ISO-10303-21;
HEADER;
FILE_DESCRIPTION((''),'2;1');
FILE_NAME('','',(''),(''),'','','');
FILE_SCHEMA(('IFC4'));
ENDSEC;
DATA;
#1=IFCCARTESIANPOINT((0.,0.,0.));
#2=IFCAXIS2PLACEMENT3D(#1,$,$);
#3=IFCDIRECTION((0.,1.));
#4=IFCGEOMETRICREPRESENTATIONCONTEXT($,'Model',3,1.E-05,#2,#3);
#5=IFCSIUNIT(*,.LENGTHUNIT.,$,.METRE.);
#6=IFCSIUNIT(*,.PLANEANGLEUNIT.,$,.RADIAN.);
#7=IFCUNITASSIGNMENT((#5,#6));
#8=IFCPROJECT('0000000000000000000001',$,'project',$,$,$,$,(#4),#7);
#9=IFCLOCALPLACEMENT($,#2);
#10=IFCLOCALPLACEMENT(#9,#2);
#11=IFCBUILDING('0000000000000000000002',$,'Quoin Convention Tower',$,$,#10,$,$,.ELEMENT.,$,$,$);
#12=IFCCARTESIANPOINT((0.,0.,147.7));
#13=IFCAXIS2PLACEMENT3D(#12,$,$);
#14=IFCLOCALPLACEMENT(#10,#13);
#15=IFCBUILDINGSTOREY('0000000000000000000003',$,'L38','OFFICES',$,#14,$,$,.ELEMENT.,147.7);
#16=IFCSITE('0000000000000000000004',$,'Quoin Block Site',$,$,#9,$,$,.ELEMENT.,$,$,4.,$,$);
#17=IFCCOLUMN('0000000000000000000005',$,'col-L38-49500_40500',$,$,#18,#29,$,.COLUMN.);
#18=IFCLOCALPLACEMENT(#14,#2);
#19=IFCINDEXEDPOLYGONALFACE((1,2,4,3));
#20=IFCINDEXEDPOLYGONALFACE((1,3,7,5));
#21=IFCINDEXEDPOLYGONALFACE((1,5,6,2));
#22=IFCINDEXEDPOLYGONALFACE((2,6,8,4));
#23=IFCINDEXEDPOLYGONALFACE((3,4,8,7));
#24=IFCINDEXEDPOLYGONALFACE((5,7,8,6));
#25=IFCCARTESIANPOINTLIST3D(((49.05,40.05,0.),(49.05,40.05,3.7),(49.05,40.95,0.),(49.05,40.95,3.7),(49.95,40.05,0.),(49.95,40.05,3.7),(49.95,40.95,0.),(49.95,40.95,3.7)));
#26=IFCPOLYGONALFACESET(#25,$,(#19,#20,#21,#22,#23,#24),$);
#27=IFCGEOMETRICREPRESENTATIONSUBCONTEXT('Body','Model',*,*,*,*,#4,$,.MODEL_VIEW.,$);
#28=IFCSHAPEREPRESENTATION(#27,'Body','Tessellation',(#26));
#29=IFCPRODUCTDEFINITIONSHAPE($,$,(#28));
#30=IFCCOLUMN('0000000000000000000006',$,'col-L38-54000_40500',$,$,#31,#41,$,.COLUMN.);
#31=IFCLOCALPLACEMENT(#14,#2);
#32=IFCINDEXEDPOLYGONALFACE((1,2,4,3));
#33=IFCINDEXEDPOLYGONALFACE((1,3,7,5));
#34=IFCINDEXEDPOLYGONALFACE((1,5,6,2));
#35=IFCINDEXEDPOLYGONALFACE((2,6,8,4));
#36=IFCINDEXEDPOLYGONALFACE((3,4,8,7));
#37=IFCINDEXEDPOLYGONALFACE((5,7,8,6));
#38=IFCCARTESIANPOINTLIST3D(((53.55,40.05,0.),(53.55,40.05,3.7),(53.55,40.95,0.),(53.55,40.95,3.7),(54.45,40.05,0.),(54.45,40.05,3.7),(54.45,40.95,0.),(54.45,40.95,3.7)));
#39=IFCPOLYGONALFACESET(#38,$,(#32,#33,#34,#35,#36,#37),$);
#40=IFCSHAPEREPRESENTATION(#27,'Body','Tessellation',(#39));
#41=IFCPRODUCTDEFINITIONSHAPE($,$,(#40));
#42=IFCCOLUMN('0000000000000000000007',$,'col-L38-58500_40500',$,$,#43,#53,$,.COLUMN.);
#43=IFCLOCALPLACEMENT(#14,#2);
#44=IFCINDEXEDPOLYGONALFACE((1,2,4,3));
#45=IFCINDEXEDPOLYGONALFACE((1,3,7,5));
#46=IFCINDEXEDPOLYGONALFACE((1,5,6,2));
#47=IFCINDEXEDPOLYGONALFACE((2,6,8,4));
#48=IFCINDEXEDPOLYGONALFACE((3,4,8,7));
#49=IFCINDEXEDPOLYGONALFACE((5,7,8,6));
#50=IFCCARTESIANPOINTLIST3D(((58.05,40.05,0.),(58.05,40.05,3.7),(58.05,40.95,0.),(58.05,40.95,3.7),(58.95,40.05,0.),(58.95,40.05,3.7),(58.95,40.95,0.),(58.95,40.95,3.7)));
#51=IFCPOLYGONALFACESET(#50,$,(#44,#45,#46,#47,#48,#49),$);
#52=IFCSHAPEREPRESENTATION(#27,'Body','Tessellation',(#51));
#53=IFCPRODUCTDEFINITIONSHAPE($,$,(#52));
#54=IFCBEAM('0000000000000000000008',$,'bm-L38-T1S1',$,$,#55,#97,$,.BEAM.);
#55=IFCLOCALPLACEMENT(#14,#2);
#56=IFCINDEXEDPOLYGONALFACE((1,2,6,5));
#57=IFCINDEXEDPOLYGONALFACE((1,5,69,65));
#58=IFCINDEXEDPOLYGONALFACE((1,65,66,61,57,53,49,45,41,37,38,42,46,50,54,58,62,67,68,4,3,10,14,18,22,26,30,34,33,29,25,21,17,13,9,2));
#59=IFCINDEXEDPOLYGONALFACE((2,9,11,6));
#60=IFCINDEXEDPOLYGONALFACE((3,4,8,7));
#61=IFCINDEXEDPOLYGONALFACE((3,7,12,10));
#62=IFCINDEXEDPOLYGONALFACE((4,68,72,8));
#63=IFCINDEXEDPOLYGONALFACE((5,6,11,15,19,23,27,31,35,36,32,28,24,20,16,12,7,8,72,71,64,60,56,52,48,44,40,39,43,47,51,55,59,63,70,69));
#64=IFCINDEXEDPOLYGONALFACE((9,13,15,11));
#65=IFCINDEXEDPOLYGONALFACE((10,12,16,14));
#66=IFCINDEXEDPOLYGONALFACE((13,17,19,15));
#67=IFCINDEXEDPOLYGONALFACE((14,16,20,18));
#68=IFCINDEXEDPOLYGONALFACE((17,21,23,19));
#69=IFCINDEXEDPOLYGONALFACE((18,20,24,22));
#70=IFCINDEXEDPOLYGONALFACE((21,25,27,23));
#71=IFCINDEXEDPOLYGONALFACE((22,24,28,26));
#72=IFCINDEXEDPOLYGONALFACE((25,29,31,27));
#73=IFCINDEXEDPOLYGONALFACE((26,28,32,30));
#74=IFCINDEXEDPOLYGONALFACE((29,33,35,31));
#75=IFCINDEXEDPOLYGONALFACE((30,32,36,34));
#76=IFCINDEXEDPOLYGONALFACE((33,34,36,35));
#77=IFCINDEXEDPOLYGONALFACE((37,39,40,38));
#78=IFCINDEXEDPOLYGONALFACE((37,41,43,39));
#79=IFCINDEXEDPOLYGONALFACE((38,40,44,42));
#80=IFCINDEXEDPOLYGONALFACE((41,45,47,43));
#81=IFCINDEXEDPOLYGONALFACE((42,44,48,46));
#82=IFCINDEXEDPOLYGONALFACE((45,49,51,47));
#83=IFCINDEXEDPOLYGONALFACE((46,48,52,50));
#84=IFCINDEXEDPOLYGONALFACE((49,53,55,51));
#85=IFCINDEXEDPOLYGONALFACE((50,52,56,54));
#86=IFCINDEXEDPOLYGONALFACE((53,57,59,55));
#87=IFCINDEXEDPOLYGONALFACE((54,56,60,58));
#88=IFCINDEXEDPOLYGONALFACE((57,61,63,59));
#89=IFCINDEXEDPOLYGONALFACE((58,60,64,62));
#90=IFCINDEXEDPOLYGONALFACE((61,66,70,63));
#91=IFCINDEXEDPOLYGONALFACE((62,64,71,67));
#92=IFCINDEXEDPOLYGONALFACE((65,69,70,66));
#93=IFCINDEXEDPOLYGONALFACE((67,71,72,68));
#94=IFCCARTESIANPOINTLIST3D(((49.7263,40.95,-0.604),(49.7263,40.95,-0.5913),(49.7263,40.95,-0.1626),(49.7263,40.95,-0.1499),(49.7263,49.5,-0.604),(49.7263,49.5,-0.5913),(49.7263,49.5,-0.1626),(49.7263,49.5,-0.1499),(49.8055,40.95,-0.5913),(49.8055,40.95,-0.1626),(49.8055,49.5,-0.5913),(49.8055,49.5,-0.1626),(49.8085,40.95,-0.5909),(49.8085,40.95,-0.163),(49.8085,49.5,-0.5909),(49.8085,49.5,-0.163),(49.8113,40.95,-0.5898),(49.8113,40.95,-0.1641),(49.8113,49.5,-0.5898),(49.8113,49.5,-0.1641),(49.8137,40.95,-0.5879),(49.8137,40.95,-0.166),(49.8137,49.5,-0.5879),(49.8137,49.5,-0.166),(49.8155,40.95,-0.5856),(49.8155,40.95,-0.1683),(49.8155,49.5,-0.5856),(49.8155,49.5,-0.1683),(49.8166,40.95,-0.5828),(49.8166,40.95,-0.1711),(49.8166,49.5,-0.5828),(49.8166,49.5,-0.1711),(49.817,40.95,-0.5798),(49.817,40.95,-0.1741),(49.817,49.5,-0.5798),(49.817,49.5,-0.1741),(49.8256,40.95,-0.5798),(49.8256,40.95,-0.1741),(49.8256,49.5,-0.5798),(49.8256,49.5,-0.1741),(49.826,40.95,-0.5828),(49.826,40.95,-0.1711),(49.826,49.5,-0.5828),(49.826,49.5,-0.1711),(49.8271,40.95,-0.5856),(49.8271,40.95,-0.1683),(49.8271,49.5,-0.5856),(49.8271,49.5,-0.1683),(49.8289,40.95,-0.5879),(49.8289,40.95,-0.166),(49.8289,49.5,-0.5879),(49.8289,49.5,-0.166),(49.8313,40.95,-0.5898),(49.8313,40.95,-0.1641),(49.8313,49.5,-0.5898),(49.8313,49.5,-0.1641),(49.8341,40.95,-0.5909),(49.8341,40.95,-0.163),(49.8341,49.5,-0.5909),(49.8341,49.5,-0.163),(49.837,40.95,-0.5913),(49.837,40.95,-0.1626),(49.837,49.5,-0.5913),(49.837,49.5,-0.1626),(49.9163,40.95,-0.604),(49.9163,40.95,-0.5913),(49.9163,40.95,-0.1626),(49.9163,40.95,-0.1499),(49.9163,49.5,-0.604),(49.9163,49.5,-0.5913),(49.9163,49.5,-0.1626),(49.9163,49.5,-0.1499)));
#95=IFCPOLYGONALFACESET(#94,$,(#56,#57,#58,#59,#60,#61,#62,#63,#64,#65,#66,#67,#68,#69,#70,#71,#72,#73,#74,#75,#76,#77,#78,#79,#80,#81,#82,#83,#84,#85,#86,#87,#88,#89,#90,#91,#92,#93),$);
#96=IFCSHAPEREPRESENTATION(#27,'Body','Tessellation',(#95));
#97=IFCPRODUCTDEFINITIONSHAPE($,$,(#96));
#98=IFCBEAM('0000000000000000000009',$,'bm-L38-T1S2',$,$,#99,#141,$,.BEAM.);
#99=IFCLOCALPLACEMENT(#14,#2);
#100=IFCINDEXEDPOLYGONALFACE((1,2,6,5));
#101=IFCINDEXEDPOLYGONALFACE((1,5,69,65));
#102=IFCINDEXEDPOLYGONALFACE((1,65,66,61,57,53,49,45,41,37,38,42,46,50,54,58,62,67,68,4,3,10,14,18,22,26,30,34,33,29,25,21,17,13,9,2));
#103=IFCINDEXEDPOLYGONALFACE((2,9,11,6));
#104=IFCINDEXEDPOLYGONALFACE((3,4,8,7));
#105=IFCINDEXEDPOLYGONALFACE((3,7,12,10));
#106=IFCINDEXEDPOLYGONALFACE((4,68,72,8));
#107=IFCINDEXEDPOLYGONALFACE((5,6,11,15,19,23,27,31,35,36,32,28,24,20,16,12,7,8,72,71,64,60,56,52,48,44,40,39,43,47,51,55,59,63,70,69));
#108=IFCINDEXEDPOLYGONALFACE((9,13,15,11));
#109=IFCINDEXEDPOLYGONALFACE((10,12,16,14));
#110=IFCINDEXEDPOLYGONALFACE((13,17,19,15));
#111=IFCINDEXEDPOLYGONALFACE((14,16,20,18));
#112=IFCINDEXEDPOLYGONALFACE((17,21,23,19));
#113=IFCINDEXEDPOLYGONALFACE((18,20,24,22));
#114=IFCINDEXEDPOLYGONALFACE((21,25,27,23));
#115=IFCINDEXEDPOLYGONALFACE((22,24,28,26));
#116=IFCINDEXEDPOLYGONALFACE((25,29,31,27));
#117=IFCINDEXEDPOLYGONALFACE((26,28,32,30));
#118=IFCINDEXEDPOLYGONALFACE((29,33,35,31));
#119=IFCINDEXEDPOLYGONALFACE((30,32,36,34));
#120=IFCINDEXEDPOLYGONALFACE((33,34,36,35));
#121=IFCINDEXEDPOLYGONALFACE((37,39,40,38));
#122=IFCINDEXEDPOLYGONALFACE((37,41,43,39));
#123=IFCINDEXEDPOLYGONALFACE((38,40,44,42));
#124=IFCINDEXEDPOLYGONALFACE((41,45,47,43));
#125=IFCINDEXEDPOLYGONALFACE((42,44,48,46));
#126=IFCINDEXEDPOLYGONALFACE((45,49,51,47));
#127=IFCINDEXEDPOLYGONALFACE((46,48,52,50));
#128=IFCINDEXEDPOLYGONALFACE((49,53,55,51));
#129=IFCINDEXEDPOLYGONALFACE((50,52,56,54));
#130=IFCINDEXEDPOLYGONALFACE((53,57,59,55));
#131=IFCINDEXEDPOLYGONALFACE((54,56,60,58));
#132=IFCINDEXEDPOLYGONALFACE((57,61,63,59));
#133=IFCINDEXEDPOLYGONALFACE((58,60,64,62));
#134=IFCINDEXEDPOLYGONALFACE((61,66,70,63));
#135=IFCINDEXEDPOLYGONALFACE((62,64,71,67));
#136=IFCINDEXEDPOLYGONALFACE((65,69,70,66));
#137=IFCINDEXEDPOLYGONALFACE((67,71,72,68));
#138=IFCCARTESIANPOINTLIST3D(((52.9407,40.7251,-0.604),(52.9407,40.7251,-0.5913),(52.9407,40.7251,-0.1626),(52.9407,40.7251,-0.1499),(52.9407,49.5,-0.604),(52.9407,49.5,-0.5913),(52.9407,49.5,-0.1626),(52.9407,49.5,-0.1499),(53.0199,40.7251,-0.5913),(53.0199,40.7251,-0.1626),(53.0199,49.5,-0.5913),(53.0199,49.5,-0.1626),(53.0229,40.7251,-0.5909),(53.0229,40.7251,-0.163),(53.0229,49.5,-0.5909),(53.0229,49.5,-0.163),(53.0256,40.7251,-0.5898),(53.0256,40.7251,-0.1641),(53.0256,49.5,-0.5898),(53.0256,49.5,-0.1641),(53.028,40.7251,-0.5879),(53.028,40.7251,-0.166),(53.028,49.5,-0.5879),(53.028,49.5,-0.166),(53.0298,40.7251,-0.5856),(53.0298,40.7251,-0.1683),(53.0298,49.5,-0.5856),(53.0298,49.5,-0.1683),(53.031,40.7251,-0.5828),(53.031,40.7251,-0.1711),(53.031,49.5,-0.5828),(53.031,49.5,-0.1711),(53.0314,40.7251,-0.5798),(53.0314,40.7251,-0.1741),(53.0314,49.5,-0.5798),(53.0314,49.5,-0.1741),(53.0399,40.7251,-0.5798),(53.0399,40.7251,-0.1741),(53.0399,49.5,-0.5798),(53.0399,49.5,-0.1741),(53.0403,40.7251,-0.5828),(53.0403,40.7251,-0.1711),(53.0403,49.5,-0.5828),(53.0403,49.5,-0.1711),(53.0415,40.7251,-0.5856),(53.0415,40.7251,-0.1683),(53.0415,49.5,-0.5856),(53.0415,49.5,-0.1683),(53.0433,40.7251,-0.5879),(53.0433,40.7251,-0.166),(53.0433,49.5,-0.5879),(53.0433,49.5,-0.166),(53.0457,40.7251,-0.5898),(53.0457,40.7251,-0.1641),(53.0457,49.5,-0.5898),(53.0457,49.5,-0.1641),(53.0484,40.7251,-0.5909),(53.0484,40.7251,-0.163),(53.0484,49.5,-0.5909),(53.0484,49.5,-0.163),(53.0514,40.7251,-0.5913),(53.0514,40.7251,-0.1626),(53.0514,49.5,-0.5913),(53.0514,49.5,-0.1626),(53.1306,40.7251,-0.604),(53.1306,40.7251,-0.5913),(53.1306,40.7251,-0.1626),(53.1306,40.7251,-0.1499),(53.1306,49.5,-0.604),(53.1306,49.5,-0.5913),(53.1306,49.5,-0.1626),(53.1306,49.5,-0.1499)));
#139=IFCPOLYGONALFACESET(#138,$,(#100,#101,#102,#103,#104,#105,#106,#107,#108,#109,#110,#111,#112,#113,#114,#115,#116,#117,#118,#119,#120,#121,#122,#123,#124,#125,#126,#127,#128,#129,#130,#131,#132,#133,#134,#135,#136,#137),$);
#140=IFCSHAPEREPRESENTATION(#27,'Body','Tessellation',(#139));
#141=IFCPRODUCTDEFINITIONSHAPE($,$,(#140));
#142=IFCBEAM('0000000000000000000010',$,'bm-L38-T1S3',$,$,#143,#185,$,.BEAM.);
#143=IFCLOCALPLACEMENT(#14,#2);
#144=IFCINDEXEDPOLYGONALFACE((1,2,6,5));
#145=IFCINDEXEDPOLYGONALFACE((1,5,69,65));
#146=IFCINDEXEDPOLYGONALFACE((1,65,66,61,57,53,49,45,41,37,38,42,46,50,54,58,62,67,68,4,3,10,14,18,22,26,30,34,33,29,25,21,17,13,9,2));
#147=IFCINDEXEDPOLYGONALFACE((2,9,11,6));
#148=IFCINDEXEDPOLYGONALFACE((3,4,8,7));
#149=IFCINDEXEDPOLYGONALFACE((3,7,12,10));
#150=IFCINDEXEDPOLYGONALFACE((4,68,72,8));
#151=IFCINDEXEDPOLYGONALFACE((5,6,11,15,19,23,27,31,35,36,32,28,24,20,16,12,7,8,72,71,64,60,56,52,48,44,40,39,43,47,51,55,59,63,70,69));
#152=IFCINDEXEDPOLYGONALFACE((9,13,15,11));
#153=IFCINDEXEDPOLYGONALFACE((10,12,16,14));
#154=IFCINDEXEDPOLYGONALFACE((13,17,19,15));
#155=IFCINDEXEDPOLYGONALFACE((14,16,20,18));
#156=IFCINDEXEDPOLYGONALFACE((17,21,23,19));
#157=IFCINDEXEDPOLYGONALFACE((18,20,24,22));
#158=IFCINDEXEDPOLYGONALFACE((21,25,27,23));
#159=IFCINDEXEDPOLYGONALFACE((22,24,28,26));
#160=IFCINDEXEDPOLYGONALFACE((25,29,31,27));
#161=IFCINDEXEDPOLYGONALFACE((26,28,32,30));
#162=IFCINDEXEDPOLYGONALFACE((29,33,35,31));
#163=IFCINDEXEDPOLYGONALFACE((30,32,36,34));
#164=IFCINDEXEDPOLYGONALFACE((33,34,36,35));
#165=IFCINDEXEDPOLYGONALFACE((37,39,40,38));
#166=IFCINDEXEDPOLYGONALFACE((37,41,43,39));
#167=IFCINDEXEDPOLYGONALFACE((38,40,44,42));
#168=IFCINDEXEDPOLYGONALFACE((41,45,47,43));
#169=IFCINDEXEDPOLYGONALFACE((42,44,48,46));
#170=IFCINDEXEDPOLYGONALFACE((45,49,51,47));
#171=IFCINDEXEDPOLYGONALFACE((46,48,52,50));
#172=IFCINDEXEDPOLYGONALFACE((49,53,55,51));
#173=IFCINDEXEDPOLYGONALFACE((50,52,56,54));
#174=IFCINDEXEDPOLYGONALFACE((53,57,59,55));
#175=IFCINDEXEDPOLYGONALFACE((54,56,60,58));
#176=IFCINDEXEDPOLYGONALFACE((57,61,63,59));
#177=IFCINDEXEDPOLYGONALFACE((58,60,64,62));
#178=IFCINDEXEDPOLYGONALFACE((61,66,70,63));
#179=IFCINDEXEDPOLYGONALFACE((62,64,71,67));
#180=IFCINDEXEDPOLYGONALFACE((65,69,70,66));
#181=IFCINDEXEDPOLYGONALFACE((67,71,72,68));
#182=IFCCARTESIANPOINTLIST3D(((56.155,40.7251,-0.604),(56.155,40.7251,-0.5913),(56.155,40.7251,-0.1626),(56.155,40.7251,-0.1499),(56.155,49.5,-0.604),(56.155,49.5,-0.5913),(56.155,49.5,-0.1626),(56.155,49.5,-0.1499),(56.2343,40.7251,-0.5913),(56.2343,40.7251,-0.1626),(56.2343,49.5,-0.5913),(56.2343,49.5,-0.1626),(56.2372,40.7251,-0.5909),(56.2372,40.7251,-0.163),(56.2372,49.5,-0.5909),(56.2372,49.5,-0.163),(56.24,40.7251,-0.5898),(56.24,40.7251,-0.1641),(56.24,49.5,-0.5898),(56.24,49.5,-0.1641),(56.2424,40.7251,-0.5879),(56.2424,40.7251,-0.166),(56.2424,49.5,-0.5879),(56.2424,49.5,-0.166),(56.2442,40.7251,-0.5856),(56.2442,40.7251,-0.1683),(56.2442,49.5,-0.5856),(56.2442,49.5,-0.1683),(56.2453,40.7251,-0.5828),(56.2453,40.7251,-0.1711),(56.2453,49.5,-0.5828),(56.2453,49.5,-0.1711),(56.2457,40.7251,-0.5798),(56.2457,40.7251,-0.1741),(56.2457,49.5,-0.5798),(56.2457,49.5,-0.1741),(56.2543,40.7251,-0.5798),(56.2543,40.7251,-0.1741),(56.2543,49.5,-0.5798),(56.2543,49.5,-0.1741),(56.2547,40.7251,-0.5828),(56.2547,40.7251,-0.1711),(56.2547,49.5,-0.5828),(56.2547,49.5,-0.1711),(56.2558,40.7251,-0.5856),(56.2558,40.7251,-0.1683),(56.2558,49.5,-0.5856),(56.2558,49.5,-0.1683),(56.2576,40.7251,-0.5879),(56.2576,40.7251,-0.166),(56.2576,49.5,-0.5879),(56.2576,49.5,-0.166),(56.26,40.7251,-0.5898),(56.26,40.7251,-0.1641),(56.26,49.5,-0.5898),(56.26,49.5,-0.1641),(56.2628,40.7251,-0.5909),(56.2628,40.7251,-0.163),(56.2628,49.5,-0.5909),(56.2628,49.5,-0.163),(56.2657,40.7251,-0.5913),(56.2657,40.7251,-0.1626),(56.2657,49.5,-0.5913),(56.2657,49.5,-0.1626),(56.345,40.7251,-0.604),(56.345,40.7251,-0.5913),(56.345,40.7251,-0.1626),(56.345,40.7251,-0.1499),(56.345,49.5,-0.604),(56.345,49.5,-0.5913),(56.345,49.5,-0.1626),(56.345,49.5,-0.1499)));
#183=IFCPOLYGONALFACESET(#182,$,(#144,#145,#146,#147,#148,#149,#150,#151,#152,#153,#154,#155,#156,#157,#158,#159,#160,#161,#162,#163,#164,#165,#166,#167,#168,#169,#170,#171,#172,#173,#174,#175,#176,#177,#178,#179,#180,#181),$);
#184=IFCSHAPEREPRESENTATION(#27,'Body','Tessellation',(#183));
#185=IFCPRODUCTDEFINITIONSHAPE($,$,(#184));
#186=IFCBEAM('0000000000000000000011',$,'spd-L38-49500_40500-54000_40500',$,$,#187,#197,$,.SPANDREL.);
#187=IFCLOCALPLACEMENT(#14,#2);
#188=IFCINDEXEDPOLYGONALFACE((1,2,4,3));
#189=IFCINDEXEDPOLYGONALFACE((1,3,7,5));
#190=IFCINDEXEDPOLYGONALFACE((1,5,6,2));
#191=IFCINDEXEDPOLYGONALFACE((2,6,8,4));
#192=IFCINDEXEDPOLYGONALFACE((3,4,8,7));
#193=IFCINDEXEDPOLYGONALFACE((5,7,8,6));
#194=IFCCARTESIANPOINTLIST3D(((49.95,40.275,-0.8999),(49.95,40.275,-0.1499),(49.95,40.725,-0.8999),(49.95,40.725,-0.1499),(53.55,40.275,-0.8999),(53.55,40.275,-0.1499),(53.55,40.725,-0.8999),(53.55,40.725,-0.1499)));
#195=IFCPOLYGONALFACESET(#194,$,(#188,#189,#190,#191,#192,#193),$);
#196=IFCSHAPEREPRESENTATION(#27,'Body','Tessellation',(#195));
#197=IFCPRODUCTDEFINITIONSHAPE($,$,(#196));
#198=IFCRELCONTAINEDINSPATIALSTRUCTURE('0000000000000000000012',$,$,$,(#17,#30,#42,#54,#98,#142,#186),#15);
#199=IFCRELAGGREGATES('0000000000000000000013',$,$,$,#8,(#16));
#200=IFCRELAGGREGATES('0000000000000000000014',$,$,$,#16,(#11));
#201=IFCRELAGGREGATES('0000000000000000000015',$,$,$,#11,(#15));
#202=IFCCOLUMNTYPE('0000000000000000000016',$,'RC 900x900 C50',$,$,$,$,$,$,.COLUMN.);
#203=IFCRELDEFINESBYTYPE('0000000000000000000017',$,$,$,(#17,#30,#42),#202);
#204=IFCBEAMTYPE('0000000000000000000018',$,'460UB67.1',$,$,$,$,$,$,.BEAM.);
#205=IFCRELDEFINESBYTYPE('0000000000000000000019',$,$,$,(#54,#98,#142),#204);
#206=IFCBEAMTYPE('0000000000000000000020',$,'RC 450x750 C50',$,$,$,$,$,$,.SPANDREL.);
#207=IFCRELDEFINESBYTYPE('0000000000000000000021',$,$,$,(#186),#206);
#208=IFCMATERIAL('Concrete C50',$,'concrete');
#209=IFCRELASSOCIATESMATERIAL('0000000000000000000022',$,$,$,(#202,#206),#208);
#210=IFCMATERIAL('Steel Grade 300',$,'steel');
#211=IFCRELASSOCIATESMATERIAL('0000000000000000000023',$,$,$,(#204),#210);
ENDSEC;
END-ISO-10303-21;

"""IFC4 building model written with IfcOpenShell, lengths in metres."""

from ifc_helpers import new_model, si_unit, direction, frame, origin, origin_2d, place, context, subcontext, project, spatial, rectangle, i_section, extrude, material, material_profile, profile_set, type_object, element, save


model = new_model("IFC4")

# Units and contexts
model_context = context("Model", 3, precision=1e-05, world=origin(), true_north=direction((0.0, 1.0)))
body_context = subcontext(model_context, "Body", "Model", "MODEL_VIEW")
ifc_project = project(units=[si_unit("LENGTHUNIT", "METRE"), si_unit("PLANEANGLEUNIT", "RADIAN")], contexts=[model_context])

# Site, building, storey
site_placement = place(None, origin())
site = spatial("IfcSite", under=ifc_project, at=site_placement, Name="Quoin Block Site", CompositionType="ELEMENT", RefElevation=4.0)
building_placement = place(site_placement, origin())
building = spatial("IfcBuilding", under=site, at=building_placement, Name="Quoin Convention Tower", CompositionType="ELEMENT")
storey_placement = place(building_placement, frame((0.0, 0.0, 147.7)))
storey = spatial("IfcBuildingStorey", under=building, at=storey_placement, Name="L38", Description="OFFICES", CompositionType="ELEMENT", Elevation=147.7)

# Columns
ifc_material_1 = material(Name="Concrete C50", Category="concrete")
ifc_material_profile_1 = material_profile(ifc_material_1, rectangle(XDim=0.8999, YDim=0.8999, at=origin_2d()), Name="RC 900x900")
ifc_profile_set_1 = profile_set([ifc_material_profile_1], Name="Concrete C50")
column_type = type_object("IfcColumnType", Name="RC 900x900 C50", PredefinedType="COLUMN", material=ifc_profile_set_1)
for number, where, z_axis, x_axis, name in (
    (1, (49.5, 40.5, 0.0), (0.0, 0.0, 1.0), (1.0, 0.0, 0.0), "col-L38-49500_40500"),
    (2, (54.0, 40.5, 0.0), (0.0, 0.0, 1.0), (1.0, 0.0, 0.0), "col-L38-54000_40500"),
    (3, (58.5, 40.5, 0.0), (0.0, 0.0, 1.0), (1.0, 0.0, 0.0), "col-L38-58500_40500"),
):
    element("IfcColumn", number, at=place(storey_placement, frame(where, z_axis=z_axis, x_axis=x_axis)), inside=storey, type_object=column_type, Name=name, PredefinedType="COLUMN", context=body_context, shape_type="SweptSolid", body=[
        extrude(rectangle(XDim=0.8999, YDim=0.8999, at=origin_2d()), origin(), (0.0, 0.0, 1.0), 3.7),
    ])

# Beams
ifc_material_2 = material(Name="Steel Grade 300", Category="steel")
ifc_material_profile_2 = material_profile(ifc_material_2, i_section(OverallWidth=0.1899, OverallDepth=0.4541, WebThickness=0.0085, FlangeThickness=0.0127, FilletRadius=0.0115, at=origin_2d()), Name="460UB67.1")
ifc_profile_set_2 = profile_set([ifc_material_profile_2], Name="Steel Grade 300")
beam_type_1 = type_object("IfcBeamType", Name="460UB67.1", PredefinedType="BEAM", material=ifc_profile_set_2)
beam_placement = place(storey_placement, frame((49.8213, 40.95, -0.377), z_axis=(0.0, 1.0, 0.0), x_axis=(-1.0, 0.0, 0.0)))
element("IfcBeam", 4, at=beam_placement, inside=storey, type_object=beam_type_1, Name="bm-L38-T1S1", PredefinedType="BEAM", context=body_context, shape_type="SweptSolid", body=[
    extrude(i_section(OverallWidth=0.1899, OverallDepth=0.4541, WebThickness=0.0085, FlangeThickness=0.0127, FilletRadius=0.0115, at=origin_2d()), origin(), (0.0, 0.0, 1.0), 8.55),
])
for number, where, z_axis, x_axis, name in (
    (5, (53.0356, 40.7251, -0.377), (0.0, 1.0, 0.0), (-1.0, 0.0, 0.0), "bm-L38-T1S2"),
    (6, (56.25, 40.7251, -0.377), (0.0, 1.0, 0.0), (-1.0, 0.0, 0.0), "bm-L38-T1S3"),
):
    element("IfcBeam", number, at=place(storey_placement, frame(where, z_axis=z_axis, x_axis=x_axis)), inside=storey, type_object=beam_type_1, Name=name, PredefinedType="BEAM", context=body_context, shape_type="SweptSolid", body=[
        extrude(i_section(OverallWidth=0.1899, OverallDepth=0.4541, WebThickness=0.0085, FlangeThickness=0.0127, FilletRadius=0.0115, at=origin_2d()), origin(), (0.0, 0.0, 1.0), 8.7749),
    ])
ifc_material_profile_3 = material_profile(ifc_material_1, rectangle(XDim=0.45, YDim=0.75, at=origin_2d()), Name="RC 450x750")
ifc_profile_set_3 = profile_set([ifc_material_profile_3], Name="Concrete C50")
beam_type_2 = type_object("IfcBeamType", Name="RC 450x750 C50", PredefinedType="SPANDREL", material=ifc_profile_set_3)
for number, where, z_axis, x_axis, name in (
    (7, (49.95, 40.5, -0.5249), (1.0, 0.0, 0.0), (0.0, 1.0, 0.0), "spd-L38-49500_40500-54000_40500"),
):
    element("IfcBeam", number, at=place(storey_placement, frame(where, z_axis=z_axis, x_axis=x_axis)), inside=storey, type_object=beam_type_2, Name=name, PredefinedType="SPANDREL", context=body_context, shape_type="SweptSolid", body=[
        extrude(rectangle(XDim=0.45, YDim=0.75, at=origin_2d()), origin(), (0.0, 0.0, 1.0), 3.6001),
    ])

save(model, "model.ifc")
